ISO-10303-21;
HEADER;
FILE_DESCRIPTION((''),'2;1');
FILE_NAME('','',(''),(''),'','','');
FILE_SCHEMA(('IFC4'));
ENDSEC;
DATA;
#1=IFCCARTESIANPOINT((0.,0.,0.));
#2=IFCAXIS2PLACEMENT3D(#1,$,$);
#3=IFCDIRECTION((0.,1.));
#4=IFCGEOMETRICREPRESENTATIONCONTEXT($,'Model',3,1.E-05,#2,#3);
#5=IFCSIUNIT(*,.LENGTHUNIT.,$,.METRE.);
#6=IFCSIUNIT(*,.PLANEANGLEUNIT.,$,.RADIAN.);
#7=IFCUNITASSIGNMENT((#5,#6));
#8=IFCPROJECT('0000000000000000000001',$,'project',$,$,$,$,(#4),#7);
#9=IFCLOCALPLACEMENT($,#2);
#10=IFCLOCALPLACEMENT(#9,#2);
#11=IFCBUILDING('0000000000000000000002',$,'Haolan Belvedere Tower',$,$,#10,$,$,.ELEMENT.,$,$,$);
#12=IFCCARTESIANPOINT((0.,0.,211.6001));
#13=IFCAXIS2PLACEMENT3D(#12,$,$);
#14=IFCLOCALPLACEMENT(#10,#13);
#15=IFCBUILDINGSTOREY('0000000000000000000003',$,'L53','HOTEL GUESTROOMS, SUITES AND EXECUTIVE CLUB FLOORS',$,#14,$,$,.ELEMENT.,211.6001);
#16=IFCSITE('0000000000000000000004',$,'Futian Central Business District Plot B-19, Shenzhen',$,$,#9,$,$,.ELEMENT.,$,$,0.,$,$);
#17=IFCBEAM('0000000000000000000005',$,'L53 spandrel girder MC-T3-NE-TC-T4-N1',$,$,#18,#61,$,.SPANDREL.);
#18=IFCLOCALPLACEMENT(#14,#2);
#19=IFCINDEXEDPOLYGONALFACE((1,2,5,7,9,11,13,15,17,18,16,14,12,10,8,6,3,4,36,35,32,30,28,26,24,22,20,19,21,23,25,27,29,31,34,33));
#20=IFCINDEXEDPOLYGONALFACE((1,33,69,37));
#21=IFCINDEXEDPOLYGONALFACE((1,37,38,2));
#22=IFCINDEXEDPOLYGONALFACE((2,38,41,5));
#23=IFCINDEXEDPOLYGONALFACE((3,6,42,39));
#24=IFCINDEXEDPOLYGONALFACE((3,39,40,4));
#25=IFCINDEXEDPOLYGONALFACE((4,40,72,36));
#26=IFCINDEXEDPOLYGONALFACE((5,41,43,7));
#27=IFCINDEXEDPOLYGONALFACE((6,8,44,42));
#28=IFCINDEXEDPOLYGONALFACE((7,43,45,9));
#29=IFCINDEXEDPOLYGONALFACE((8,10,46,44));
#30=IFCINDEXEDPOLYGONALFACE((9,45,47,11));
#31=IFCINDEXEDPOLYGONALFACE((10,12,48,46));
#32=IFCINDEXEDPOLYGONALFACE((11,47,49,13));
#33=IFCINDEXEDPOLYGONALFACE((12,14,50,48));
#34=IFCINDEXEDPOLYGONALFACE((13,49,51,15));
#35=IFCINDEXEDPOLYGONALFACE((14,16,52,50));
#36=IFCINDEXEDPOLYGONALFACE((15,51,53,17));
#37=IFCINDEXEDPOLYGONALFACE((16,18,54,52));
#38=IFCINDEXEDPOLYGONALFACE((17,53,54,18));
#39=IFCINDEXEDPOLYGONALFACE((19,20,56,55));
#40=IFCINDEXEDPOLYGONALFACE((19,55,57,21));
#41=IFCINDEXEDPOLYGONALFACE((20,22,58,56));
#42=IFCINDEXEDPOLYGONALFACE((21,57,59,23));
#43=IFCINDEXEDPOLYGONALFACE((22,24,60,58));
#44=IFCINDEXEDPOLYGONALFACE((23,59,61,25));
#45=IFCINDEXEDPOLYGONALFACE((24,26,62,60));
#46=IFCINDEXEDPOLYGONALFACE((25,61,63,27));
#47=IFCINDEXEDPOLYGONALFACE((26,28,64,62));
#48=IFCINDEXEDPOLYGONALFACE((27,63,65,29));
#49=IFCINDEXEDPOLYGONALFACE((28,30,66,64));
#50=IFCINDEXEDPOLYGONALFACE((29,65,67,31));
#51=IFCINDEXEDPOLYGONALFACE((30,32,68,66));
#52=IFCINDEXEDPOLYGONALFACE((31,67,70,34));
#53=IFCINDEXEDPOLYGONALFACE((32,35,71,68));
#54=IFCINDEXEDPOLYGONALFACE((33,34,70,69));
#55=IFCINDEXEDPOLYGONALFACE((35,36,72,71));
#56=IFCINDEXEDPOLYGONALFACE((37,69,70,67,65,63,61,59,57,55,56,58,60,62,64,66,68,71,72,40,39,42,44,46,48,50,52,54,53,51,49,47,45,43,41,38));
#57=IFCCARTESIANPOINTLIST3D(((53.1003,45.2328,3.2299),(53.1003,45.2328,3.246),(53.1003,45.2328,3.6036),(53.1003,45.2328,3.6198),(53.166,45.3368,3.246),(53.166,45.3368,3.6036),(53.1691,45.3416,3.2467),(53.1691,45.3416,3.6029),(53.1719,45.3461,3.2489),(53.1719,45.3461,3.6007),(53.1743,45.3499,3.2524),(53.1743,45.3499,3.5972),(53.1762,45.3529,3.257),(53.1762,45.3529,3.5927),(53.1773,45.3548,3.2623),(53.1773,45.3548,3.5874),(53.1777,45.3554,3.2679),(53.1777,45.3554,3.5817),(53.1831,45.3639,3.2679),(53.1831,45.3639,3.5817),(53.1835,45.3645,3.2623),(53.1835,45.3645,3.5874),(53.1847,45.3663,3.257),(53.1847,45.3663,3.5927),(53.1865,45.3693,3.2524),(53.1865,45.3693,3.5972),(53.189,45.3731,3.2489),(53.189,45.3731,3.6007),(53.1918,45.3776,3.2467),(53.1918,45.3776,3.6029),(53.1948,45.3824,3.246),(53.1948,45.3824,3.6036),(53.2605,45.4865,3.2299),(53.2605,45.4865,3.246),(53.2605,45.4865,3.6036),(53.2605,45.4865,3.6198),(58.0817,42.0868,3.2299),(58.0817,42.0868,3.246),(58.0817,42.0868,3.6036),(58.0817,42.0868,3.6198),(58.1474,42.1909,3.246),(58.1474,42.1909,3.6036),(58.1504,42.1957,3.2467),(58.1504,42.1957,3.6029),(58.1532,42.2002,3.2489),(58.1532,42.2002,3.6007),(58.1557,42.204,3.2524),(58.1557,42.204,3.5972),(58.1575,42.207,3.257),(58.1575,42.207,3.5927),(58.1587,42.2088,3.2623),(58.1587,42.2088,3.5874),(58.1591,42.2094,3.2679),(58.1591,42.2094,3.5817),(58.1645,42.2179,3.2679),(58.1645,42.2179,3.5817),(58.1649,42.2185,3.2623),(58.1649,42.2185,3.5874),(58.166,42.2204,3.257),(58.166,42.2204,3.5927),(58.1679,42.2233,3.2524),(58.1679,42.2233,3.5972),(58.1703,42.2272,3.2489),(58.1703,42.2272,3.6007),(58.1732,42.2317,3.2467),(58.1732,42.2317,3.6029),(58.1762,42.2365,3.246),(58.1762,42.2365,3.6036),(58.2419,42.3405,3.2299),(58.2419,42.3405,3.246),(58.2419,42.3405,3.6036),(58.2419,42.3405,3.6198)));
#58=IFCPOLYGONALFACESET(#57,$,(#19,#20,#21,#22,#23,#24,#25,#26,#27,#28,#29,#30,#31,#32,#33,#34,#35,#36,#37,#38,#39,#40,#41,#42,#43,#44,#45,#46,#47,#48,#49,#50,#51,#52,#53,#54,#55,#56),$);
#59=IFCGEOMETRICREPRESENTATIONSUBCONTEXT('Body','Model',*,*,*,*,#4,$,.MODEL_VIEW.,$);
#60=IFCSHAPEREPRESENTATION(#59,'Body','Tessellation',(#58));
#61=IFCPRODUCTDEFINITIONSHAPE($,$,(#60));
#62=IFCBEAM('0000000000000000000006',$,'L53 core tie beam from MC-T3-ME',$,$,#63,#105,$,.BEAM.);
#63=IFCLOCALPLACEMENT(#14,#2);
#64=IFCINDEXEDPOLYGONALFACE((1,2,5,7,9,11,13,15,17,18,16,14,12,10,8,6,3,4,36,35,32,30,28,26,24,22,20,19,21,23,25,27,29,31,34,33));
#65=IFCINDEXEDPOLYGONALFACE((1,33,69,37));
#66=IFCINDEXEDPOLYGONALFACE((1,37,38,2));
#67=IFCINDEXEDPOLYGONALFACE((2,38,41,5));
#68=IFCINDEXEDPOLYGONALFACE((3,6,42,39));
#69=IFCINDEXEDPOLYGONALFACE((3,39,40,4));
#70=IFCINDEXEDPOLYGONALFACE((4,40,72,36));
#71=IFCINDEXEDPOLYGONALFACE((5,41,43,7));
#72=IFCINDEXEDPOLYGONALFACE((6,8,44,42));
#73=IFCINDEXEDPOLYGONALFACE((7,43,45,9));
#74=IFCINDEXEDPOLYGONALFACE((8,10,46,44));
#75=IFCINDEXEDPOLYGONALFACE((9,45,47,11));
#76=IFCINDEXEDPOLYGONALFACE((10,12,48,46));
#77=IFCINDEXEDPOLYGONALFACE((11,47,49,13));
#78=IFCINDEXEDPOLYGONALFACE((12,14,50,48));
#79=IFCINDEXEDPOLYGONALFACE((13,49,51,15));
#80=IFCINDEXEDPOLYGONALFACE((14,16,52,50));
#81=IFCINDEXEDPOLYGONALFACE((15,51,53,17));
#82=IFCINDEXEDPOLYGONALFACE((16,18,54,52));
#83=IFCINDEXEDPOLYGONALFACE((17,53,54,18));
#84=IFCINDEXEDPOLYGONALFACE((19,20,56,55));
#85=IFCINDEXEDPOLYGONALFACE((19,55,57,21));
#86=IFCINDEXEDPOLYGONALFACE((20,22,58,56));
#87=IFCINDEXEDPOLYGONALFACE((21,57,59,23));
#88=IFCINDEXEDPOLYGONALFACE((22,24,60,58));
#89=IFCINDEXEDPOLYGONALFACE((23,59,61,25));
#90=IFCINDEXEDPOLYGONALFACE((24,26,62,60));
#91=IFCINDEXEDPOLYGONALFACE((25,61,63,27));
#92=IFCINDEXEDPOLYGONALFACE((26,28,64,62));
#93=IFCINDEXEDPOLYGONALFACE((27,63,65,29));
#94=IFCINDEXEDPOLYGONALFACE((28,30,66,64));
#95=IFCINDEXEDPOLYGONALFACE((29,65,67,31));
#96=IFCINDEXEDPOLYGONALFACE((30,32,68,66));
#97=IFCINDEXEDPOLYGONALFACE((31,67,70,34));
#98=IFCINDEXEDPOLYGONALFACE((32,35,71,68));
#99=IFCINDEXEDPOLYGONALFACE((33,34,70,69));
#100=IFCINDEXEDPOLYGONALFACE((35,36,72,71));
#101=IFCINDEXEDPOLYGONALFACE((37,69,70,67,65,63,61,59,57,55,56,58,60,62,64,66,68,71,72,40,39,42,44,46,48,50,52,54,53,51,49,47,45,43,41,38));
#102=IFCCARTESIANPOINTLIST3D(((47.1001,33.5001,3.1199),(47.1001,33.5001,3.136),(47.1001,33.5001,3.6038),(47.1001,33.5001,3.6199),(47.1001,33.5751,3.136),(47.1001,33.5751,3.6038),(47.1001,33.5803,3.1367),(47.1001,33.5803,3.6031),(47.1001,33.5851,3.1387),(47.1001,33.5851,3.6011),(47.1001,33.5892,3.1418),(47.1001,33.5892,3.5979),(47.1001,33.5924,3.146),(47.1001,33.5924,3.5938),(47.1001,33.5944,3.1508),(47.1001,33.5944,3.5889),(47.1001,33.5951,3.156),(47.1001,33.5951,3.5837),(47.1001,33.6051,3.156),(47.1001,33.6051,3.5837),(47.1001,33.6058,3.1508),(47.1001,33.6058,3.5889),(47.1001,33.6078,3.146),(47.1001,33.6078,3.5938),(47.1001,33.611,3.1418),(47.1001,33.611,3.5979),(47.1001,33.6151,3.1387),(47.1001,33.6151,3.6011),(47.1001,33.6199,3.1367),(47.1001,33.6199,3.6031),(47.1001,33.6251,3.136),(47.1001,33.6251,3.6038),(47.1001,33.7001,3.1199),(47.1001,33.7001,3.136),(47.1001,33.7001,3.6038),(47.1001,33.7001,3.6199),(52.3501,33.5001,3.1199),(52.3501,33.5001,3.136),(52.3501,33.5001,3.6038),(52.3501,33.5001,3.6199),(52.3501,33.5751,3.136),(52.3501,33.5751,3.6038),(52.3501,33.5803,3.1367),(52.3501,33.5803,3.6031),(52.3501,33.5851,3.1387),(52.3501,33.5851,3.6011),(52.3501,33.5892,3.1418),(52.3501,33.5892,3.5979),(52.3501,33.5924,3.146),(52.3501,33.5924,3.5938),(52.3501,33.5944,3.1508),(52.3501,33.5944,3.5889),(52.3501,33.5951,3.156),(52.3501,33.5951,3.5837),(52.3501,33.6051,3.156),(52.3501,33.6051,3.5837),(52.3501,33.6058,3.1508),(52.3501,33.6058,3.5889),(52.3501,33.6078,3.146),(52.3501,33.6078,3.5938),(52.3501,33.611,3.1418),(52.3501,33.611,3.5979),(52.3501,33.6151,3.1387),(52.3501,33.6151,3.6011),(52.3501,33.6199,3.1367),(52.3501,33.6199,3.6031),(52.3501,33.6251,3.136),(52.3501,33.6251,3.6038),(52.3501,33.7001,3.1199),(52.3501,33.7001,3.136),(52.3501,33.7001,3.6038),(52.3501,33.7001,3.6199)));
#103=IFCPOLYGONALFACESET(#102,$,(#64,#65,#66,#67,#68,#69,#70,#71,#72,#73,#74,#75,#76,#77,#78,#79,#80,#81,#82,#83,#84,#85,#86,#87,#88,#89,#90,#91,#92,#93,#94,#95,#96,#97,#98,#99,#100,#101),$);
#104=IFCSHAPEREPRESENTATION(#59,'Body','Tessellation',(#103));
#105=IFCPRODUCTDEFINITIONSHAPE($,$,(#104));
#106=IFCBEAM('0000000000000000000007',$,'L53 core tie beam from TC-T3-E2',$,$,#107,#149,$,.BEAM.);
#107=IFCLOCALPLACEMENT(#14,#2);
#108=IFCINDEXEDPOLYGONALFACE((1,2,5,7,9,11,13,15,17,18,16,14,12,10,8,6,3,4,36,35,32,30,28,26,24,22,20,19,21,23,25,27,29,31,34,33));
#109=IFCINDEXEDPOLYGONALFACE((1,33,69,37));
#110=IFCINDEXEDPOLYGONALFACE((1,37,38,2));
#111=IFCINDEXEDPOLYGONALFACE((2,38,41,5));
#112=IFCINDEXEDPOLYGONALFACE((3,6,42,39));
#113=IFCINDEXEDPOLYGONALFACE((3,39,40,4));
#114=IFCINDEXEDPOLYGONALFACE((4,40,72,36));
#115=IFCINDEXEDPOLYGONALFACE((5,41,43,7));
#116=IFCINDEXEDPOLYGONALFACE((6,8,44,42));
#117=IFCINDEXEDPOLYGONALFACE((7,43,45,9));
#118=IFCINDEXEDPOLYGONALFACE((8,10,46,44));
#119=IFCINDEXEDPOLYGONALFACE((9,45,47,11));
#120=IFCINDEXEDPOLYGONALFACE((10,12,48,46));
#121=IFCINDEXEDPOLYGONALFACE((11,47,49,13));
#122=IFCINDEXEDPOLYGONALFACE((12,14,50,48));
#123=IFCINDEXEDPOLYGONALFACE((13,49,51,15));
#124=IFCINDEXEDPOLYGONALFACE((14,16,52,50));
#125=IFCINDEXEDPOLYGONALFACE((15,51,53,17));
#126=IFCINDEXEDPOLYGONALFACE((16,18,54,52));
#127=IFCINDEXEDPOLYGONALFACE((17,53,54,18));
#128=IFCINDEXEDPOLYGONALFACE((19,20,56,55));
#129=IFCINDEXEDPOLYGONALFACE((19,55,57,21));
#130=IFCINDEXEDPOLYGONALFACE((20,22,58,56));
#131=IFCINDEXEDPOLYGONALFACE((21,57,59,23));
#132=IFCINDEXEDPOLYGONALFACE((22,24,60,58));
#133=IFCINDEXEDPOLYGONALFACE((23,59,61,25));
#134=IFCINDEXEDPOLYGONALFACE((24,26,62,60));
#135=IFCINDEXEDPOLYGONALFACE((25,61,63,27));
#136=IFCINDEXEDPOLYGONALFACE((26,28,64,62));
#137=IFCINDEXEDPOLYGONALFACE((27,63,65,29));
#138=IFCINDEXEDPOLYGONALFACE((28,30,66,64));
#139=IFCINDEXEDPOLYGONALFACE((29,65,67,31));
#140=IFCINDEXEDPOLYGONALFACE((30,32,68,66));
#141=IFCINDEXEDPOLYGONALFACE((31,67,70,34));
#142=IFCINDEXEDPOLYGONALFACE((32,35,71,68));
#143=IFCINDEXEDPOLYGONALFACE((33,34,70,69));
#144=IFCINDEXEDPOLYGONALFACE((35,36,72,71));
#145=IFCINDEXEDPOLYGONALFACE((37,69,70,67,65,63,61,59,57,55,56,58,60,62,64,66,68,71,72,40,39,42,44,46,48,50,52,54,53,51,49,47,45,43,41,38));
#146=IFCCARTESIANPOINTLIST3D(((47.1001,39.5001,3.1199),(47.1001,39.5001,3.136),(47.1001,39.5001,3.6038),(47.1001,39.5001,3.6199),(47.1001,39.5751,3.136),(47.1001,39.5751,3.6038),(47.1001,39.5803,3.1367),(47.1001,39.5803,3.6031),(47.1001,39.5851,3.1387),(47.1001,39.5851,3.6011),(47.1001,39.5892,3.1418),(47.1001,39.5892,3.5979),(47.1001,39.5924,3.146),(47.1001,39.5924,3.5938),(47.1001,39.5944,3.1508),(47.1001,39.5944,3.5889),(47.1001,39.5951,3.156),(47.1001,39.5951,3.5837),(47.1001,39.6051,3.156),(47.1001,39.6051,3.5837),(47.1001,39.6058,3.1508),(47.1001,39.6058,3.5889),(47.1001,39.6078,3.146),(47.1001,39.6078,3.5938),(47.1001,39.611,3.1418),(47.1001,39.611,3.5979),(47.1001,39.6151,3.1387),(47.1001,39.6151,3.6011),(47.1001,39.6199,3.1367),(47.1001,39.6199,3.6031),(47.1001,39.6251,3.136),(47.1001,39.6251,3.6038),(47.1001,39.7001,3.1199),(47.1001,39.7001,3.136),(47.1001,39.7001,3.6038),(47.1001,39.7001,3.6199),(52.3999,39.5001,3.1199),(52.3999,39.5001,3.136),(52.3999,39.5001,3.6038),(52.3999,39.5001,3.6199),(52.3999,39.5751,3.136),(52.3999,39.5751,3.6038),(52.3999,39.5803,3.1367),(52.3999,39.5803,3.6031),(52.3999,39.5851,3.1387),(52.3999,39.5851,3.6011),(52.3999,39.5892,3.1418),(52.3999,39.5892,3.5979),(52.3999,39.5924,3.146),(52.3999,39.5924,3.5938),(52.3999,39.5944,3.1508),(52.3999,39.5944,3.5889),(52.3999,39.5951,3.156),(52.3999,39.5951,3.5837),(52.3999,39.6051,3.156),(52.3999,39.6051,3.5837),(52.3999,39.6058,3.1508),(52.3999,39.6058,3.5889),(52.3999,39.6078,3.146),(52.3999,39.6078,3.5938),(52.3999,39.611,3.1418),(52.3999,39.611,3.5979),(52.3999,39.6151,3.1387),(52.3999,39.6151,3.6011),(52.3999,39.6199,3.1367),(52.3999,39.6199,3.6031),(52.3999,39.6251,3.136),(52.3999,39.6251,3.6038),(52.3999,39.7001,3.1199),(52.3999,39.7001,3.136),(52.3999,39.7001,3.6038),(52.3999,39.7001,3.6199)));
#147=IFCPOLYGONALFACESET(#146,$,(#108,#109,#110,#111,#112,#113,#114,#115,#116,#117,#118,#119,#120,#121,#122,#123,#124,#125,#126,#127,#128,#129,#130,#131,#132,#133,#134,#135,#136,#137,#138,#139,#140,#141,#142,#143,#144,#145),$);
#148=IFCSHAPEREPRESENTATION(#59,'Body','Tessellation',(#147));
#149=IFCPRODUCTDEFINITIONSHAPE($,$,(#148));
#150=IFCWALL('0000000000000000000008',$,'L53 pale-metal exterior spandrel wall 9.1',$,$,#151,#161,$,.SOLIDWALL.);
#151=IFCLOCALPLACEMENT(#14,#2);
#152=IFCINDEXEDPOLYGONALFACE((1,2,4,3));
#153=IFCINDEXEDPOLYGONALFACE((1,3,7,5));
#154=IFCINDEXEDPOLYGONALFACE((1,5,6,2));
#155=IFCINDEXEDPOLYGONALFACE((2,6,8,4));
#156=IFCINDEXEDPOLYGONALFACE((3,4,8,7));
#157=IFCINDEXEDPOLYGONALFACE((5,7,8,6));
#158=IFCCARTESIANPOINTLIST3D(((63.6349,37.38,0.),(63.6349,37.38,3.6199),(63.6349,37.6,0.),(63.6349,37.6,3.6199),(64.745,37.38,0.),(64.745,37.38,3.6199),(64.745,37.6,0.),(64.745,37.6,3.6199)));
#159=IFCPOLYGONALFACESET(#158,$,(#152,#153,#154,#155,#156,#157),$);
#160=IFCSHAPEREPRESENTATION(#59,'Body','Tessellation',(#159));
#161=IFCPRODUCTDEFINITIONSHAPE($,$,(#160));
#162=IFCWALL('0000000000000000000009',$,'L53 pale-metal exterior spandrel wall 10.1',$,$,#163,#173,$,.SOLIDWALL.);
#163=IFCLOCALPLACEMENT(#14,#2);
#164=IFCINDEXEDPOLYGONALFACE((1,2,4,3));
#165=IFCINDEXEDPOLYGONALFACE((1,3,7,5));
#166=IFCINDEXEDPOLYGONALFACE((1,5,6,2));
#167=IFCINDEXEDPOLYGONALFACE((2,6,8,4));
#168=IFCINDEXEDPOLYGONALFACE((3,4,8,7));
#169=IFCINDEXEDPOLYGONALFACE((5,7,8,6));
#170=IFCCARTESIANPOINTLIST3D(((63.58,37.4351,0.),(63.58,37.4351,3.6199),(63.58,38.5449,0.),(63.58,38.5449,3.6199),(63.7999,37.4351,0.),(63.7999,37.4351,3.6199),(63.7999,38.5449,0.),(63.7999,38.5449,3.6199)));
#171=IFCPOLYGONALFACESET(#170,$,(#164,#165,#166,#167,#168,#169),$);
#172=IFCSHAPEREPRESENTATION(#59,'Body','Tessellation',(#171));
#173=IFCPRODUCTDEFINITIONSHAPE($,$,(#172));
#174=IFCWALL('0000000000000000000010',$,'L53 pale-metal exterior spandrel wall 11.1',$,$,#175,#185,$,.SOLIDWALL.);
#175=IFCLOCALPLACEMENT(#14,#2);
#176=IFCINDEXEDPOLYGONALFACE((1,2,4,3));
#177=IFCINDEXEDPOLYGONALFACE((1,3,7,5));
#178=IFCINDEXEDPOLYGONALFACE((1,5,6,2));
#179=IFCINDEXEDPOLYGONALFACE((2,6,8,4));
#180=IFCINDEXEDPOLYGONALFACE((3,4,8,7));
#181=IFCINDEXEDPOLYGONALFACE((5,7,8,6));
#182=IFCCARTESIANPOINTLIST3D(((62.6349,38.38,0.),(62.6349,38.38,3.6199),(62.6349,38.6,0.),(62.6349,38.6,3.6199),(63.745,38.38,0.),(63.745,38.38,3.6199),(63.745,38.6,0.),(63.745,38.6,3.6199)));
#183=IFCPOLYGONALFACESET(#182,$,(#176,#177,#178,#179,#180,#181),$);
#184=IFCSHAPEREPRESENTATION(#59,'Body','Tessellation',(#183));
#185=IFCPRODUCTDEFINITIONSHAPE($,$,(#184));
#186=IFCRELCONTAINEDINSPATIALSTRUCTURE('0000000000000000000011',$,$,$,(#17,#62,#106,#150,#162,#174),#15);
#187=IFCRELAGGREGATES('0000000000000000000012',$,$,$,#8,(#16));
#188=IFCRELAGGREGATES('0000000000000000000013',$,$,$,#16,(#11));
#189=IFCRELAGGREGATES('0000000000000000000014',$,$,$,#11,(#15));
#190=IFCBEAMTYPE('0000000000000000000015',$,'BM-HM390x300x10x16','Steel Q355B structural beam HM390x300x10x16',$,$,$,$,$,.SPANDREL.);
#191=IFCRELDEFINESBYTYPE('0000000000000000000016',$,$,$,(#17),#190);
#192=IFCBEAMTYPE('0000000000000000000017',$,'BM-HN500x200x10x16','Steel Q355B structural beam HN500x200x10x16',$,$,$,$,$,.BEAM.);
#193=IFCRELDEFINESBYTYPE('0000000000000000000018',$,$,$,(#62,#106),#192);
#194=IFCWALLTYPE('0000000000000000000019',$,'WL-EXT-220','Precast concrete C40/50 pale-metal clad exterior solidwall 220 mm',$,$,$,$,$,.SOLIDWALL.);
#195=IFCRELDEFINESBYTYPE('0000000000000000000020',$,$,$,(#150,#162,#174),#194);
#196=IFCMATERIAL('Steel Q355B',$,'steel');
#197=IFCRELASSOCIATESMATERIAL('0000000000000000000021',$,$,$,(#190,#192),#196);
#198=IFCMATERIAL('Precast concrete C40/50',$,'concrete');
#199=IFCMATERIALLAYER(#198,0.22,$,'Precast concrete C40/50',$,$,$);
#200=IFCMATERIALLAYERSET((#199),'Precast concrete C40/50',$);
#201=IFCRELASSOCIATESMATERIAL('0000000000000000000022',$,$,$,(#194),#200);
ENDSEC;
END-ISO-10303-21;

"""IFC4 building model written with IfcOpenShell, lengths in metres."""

from ifc_helpers import new_model, si_unit, direction, frame, frame_2d, origin, origin_2d, place, context, subcontext, project, spatial, rectangle, i_section, extrude, material, layer, layer_set, material_profile, profile_set, type_object, element, save


model = new_model("IFC4")

# Units and contexts
model_context = context("Model", 3, precision=1e-05, world=origin(), true_north=direction((0.0, 1.0)))
body_context = subcontext(model_context, "Body", "Model", "MODEL_VIEW")
ifc_project = project(units=[si_unit("LENGTHUNIT", "METRE"), si_unit("PLANEANGLEUNIT", "RADIAN")], contexts=[model_context])

# Site, building, storey
site_placement = place(None, origin())
site = spatial("IfcSite", under=ifc_project, at=site_placement, Name="Futian Central Business District Plot B-19, Shenzhen", CompositionType="ELEMENT", RefElevation=0.0)
building_placement = place(site_placement, origin())
building = spatial("IfcBuilding", under=site, at=building_placement, Name="Haolan Belvedere Tower", CompositionType="ELEMENT")
storey_placement = place(building_placement, frame((0.0, 0.0, 211.6001)))
storey = spatial("IfcBuildingStorey", under=building, at=storey_placement, Name="L53", Description="HOTEL GUESTROOMS, SUITES AND EXECUTIVE CLUB FLOORS", CompositionType="ELEMENT", Elevation=211.6001)

# Beams
ifc_material_1 = material(Name="Steel Q355B", Category="steel")
ifc_material_profile_1 = material_profile(ifc_material_1, i_section(OverallWidth=0.3, OverallDepth=0.3899, WebThickness=0.01, FlangeThickness=0.0161, FilletRadius=0.022, at=origin_2d()), Name="Steel Q355B")
ifc_profile_set_1 = profile_set([ifc_material_profile_1], Name="Steel Q355B")
beam_type_1 = type_object("IfcBeamType", Name="BM-HM390x300x10x16", Description="Steel Q355B structural beam HM390x300x10x16", PredefinedType="SPANDREL", material=ifc_profile_set_1)
beam_1_placement = place(storey_placement, frame((53.1804, 45.3596, 3.4248), z_axis=(0.845503, -0.533971, 0.0), x_axis=(0.533971, 0.845503, 0.0)))
element("IfcBeam", 1, at=beam_1_placement, inside=storey, type_object=beam_type_1, Name="L53 spandrel girder MC-T3-NE-TC-T4-N1", PredefinedType="SPANDREL", context=body_context, shape_type="SweptSolid", body=[
    extrude(i_section(OverallWidth=0.3, OverallDepth=0.3899, WebThickness=0.01, FlangeThickness=0.0161, FilletRadius=0.022, at=origin_2d()), origin(), (0.0, 0.0, 1.0), 5.8916),
])
ifc_material_profile_2 = material_profile(ifc_material_1, i_section(OverallWidth=0.2, OverallDepth=0.5, WebThickness=0.01, FlangeThickness=0.0161, FilletRadius=0.02, at=origin_2d()), Name="Steel Q355B")
ifc_profile_set_2 = profile_set([ifc_material_profile_2], Name="Steel Q355B")
beam_type_2 = type_object("IfcBeamType", Name="BM-HN500x200x10x16", Description="Steel Q355B structural beam HN500x200x10x16", PredefinedType="BEAM", material=ifc_profile_set_2)
beam_2_placement = place(storey_placement, frame((52.3501, 33.6001, 3.3699), z_axis=(-1.0, 0.0, 0.0), x_axis=(0.0, -1.0, 0.0)))
element("IfcBeam", 2, at=beam_2_placement, inside=storey, type_object=beam_type_2, Name="L53 core tie beam from MC-T3-ME", PredefinedType="BEAM", context=body_context, shape_type="SweptSolid", body=[
    extrude(i_section(OverallWidth=0.2, OverallDepth=0.5, WebThickness=0.01, FlangeThickness=0.0161, FilletRadius=0.02, at=origin_2d()), origin(), (0.0, 0.0, 1.0), 5.25),
])
beam_3_placement = place(storey_placement, frame((52.3999, 39.6001, 3.3699), z_axis=(-1.0, 0.0, 0.0), x_axis=(0.0, -1.0, 0.0)))
element("IfcBeam", 3, at=beam_3_placement, inside=storey, type_object=beam_type_2, Name="L53 core tie beam from TC-T3-E2", PredefinedType="BEAM", context=body_context, shape_type="SweptSolid", body=[
    extrude(i_section(OverallWidth=0.2, OverallDepth=0.5, WebThickness=0.01, FlangeThickness=0.0161, FilletRadius=0.02, at=origin_2d()), origin(), (0.0, 0.0, 1.0), 5.2998),
])

# Walls
ifc_material_2 = material(Name="Precast concrete C40/50", Category="concrete")
ifc_layer_1 = layer(ifc_material_2, 0.22, Name="Precast concrete C40/50")
ifc_layer_set_1 = layer_set([ifc_layer_1], Name="Precast concrete C40/50")
wall_type_1 = type_object("IfcWallType", Name="WL-EXT-220", Description="Precast concrete C40/50 pale-metal clad exterior solidwall 220 mm", PredefinedType="SOLIDWALL", material=ifc_layer_set_1)
wall_1_placement = place(storey_placement, frame((64.7451, 37.49, 0.0), z_axis=(0.0, 0.0, 1.0), x_axis=(-1.0, 0.0, 0.0)))
element("IfcWall", 4, at=wall_1_placement, inside=storey, type_object=wall_type_1, Name="L53 pale-metal exterior spandrel wall 9.1", PredefinedType="SOLIDWALL", context=body_context, shape_type="SweptSolid", body=[
    extrude(rectangle(XDim=1.1101, YDim=0.22, at=frame_2d((0.5552, 0.0))), origin(), (0.0, 0.0, 1.0), 3.6199),
])
wall_2_placement = place(storey_placement, frame((63.6899, 37.4351, 0.0), z_axis=(0.0, 0.0, 1.0), x_axis=(0.0, 1.0, 0.0)))
element("IfcWall", 5, at=wall_2_placement, inside=storey, type_object=wall_type_1, Name="L53 pale-metal exterior spandrel wall 10.1", PredefinedType="SOLIDWALL", context=body_context, shape_type="SweptSolid", body=[
    extrude(rectangle(XDim=1.1099, YDim=0.22, at=frame_2d((0.5549, 0.0))), origin(), (0.0, 0.0, 1.0), 3.6199),
])
wall_3_placement = place(storey_placement, frame((63.7451, 38.49, 0.0), z_axis=(0.0, 0.0, 1.0), x_axis=(-1.0, 0.0, 0.0)))
element("IfcWall", 6, at=wall_3_placement, inside=storey, type_object=wall_type_1, Name="L53 pale-metal exterior spandrel wall 11.1", PredefinedType="SOLIDWALL", context=body_context, shape_type="SweptSolid", body=[
    extrude(rectangle(XDim=1.1101, YDim=0.22, at=frame_2d((0.5552, 0.0))), origin(), (0.0, 0.0, 1.0), 3.6199),
])

save(model, "model.ifc")
